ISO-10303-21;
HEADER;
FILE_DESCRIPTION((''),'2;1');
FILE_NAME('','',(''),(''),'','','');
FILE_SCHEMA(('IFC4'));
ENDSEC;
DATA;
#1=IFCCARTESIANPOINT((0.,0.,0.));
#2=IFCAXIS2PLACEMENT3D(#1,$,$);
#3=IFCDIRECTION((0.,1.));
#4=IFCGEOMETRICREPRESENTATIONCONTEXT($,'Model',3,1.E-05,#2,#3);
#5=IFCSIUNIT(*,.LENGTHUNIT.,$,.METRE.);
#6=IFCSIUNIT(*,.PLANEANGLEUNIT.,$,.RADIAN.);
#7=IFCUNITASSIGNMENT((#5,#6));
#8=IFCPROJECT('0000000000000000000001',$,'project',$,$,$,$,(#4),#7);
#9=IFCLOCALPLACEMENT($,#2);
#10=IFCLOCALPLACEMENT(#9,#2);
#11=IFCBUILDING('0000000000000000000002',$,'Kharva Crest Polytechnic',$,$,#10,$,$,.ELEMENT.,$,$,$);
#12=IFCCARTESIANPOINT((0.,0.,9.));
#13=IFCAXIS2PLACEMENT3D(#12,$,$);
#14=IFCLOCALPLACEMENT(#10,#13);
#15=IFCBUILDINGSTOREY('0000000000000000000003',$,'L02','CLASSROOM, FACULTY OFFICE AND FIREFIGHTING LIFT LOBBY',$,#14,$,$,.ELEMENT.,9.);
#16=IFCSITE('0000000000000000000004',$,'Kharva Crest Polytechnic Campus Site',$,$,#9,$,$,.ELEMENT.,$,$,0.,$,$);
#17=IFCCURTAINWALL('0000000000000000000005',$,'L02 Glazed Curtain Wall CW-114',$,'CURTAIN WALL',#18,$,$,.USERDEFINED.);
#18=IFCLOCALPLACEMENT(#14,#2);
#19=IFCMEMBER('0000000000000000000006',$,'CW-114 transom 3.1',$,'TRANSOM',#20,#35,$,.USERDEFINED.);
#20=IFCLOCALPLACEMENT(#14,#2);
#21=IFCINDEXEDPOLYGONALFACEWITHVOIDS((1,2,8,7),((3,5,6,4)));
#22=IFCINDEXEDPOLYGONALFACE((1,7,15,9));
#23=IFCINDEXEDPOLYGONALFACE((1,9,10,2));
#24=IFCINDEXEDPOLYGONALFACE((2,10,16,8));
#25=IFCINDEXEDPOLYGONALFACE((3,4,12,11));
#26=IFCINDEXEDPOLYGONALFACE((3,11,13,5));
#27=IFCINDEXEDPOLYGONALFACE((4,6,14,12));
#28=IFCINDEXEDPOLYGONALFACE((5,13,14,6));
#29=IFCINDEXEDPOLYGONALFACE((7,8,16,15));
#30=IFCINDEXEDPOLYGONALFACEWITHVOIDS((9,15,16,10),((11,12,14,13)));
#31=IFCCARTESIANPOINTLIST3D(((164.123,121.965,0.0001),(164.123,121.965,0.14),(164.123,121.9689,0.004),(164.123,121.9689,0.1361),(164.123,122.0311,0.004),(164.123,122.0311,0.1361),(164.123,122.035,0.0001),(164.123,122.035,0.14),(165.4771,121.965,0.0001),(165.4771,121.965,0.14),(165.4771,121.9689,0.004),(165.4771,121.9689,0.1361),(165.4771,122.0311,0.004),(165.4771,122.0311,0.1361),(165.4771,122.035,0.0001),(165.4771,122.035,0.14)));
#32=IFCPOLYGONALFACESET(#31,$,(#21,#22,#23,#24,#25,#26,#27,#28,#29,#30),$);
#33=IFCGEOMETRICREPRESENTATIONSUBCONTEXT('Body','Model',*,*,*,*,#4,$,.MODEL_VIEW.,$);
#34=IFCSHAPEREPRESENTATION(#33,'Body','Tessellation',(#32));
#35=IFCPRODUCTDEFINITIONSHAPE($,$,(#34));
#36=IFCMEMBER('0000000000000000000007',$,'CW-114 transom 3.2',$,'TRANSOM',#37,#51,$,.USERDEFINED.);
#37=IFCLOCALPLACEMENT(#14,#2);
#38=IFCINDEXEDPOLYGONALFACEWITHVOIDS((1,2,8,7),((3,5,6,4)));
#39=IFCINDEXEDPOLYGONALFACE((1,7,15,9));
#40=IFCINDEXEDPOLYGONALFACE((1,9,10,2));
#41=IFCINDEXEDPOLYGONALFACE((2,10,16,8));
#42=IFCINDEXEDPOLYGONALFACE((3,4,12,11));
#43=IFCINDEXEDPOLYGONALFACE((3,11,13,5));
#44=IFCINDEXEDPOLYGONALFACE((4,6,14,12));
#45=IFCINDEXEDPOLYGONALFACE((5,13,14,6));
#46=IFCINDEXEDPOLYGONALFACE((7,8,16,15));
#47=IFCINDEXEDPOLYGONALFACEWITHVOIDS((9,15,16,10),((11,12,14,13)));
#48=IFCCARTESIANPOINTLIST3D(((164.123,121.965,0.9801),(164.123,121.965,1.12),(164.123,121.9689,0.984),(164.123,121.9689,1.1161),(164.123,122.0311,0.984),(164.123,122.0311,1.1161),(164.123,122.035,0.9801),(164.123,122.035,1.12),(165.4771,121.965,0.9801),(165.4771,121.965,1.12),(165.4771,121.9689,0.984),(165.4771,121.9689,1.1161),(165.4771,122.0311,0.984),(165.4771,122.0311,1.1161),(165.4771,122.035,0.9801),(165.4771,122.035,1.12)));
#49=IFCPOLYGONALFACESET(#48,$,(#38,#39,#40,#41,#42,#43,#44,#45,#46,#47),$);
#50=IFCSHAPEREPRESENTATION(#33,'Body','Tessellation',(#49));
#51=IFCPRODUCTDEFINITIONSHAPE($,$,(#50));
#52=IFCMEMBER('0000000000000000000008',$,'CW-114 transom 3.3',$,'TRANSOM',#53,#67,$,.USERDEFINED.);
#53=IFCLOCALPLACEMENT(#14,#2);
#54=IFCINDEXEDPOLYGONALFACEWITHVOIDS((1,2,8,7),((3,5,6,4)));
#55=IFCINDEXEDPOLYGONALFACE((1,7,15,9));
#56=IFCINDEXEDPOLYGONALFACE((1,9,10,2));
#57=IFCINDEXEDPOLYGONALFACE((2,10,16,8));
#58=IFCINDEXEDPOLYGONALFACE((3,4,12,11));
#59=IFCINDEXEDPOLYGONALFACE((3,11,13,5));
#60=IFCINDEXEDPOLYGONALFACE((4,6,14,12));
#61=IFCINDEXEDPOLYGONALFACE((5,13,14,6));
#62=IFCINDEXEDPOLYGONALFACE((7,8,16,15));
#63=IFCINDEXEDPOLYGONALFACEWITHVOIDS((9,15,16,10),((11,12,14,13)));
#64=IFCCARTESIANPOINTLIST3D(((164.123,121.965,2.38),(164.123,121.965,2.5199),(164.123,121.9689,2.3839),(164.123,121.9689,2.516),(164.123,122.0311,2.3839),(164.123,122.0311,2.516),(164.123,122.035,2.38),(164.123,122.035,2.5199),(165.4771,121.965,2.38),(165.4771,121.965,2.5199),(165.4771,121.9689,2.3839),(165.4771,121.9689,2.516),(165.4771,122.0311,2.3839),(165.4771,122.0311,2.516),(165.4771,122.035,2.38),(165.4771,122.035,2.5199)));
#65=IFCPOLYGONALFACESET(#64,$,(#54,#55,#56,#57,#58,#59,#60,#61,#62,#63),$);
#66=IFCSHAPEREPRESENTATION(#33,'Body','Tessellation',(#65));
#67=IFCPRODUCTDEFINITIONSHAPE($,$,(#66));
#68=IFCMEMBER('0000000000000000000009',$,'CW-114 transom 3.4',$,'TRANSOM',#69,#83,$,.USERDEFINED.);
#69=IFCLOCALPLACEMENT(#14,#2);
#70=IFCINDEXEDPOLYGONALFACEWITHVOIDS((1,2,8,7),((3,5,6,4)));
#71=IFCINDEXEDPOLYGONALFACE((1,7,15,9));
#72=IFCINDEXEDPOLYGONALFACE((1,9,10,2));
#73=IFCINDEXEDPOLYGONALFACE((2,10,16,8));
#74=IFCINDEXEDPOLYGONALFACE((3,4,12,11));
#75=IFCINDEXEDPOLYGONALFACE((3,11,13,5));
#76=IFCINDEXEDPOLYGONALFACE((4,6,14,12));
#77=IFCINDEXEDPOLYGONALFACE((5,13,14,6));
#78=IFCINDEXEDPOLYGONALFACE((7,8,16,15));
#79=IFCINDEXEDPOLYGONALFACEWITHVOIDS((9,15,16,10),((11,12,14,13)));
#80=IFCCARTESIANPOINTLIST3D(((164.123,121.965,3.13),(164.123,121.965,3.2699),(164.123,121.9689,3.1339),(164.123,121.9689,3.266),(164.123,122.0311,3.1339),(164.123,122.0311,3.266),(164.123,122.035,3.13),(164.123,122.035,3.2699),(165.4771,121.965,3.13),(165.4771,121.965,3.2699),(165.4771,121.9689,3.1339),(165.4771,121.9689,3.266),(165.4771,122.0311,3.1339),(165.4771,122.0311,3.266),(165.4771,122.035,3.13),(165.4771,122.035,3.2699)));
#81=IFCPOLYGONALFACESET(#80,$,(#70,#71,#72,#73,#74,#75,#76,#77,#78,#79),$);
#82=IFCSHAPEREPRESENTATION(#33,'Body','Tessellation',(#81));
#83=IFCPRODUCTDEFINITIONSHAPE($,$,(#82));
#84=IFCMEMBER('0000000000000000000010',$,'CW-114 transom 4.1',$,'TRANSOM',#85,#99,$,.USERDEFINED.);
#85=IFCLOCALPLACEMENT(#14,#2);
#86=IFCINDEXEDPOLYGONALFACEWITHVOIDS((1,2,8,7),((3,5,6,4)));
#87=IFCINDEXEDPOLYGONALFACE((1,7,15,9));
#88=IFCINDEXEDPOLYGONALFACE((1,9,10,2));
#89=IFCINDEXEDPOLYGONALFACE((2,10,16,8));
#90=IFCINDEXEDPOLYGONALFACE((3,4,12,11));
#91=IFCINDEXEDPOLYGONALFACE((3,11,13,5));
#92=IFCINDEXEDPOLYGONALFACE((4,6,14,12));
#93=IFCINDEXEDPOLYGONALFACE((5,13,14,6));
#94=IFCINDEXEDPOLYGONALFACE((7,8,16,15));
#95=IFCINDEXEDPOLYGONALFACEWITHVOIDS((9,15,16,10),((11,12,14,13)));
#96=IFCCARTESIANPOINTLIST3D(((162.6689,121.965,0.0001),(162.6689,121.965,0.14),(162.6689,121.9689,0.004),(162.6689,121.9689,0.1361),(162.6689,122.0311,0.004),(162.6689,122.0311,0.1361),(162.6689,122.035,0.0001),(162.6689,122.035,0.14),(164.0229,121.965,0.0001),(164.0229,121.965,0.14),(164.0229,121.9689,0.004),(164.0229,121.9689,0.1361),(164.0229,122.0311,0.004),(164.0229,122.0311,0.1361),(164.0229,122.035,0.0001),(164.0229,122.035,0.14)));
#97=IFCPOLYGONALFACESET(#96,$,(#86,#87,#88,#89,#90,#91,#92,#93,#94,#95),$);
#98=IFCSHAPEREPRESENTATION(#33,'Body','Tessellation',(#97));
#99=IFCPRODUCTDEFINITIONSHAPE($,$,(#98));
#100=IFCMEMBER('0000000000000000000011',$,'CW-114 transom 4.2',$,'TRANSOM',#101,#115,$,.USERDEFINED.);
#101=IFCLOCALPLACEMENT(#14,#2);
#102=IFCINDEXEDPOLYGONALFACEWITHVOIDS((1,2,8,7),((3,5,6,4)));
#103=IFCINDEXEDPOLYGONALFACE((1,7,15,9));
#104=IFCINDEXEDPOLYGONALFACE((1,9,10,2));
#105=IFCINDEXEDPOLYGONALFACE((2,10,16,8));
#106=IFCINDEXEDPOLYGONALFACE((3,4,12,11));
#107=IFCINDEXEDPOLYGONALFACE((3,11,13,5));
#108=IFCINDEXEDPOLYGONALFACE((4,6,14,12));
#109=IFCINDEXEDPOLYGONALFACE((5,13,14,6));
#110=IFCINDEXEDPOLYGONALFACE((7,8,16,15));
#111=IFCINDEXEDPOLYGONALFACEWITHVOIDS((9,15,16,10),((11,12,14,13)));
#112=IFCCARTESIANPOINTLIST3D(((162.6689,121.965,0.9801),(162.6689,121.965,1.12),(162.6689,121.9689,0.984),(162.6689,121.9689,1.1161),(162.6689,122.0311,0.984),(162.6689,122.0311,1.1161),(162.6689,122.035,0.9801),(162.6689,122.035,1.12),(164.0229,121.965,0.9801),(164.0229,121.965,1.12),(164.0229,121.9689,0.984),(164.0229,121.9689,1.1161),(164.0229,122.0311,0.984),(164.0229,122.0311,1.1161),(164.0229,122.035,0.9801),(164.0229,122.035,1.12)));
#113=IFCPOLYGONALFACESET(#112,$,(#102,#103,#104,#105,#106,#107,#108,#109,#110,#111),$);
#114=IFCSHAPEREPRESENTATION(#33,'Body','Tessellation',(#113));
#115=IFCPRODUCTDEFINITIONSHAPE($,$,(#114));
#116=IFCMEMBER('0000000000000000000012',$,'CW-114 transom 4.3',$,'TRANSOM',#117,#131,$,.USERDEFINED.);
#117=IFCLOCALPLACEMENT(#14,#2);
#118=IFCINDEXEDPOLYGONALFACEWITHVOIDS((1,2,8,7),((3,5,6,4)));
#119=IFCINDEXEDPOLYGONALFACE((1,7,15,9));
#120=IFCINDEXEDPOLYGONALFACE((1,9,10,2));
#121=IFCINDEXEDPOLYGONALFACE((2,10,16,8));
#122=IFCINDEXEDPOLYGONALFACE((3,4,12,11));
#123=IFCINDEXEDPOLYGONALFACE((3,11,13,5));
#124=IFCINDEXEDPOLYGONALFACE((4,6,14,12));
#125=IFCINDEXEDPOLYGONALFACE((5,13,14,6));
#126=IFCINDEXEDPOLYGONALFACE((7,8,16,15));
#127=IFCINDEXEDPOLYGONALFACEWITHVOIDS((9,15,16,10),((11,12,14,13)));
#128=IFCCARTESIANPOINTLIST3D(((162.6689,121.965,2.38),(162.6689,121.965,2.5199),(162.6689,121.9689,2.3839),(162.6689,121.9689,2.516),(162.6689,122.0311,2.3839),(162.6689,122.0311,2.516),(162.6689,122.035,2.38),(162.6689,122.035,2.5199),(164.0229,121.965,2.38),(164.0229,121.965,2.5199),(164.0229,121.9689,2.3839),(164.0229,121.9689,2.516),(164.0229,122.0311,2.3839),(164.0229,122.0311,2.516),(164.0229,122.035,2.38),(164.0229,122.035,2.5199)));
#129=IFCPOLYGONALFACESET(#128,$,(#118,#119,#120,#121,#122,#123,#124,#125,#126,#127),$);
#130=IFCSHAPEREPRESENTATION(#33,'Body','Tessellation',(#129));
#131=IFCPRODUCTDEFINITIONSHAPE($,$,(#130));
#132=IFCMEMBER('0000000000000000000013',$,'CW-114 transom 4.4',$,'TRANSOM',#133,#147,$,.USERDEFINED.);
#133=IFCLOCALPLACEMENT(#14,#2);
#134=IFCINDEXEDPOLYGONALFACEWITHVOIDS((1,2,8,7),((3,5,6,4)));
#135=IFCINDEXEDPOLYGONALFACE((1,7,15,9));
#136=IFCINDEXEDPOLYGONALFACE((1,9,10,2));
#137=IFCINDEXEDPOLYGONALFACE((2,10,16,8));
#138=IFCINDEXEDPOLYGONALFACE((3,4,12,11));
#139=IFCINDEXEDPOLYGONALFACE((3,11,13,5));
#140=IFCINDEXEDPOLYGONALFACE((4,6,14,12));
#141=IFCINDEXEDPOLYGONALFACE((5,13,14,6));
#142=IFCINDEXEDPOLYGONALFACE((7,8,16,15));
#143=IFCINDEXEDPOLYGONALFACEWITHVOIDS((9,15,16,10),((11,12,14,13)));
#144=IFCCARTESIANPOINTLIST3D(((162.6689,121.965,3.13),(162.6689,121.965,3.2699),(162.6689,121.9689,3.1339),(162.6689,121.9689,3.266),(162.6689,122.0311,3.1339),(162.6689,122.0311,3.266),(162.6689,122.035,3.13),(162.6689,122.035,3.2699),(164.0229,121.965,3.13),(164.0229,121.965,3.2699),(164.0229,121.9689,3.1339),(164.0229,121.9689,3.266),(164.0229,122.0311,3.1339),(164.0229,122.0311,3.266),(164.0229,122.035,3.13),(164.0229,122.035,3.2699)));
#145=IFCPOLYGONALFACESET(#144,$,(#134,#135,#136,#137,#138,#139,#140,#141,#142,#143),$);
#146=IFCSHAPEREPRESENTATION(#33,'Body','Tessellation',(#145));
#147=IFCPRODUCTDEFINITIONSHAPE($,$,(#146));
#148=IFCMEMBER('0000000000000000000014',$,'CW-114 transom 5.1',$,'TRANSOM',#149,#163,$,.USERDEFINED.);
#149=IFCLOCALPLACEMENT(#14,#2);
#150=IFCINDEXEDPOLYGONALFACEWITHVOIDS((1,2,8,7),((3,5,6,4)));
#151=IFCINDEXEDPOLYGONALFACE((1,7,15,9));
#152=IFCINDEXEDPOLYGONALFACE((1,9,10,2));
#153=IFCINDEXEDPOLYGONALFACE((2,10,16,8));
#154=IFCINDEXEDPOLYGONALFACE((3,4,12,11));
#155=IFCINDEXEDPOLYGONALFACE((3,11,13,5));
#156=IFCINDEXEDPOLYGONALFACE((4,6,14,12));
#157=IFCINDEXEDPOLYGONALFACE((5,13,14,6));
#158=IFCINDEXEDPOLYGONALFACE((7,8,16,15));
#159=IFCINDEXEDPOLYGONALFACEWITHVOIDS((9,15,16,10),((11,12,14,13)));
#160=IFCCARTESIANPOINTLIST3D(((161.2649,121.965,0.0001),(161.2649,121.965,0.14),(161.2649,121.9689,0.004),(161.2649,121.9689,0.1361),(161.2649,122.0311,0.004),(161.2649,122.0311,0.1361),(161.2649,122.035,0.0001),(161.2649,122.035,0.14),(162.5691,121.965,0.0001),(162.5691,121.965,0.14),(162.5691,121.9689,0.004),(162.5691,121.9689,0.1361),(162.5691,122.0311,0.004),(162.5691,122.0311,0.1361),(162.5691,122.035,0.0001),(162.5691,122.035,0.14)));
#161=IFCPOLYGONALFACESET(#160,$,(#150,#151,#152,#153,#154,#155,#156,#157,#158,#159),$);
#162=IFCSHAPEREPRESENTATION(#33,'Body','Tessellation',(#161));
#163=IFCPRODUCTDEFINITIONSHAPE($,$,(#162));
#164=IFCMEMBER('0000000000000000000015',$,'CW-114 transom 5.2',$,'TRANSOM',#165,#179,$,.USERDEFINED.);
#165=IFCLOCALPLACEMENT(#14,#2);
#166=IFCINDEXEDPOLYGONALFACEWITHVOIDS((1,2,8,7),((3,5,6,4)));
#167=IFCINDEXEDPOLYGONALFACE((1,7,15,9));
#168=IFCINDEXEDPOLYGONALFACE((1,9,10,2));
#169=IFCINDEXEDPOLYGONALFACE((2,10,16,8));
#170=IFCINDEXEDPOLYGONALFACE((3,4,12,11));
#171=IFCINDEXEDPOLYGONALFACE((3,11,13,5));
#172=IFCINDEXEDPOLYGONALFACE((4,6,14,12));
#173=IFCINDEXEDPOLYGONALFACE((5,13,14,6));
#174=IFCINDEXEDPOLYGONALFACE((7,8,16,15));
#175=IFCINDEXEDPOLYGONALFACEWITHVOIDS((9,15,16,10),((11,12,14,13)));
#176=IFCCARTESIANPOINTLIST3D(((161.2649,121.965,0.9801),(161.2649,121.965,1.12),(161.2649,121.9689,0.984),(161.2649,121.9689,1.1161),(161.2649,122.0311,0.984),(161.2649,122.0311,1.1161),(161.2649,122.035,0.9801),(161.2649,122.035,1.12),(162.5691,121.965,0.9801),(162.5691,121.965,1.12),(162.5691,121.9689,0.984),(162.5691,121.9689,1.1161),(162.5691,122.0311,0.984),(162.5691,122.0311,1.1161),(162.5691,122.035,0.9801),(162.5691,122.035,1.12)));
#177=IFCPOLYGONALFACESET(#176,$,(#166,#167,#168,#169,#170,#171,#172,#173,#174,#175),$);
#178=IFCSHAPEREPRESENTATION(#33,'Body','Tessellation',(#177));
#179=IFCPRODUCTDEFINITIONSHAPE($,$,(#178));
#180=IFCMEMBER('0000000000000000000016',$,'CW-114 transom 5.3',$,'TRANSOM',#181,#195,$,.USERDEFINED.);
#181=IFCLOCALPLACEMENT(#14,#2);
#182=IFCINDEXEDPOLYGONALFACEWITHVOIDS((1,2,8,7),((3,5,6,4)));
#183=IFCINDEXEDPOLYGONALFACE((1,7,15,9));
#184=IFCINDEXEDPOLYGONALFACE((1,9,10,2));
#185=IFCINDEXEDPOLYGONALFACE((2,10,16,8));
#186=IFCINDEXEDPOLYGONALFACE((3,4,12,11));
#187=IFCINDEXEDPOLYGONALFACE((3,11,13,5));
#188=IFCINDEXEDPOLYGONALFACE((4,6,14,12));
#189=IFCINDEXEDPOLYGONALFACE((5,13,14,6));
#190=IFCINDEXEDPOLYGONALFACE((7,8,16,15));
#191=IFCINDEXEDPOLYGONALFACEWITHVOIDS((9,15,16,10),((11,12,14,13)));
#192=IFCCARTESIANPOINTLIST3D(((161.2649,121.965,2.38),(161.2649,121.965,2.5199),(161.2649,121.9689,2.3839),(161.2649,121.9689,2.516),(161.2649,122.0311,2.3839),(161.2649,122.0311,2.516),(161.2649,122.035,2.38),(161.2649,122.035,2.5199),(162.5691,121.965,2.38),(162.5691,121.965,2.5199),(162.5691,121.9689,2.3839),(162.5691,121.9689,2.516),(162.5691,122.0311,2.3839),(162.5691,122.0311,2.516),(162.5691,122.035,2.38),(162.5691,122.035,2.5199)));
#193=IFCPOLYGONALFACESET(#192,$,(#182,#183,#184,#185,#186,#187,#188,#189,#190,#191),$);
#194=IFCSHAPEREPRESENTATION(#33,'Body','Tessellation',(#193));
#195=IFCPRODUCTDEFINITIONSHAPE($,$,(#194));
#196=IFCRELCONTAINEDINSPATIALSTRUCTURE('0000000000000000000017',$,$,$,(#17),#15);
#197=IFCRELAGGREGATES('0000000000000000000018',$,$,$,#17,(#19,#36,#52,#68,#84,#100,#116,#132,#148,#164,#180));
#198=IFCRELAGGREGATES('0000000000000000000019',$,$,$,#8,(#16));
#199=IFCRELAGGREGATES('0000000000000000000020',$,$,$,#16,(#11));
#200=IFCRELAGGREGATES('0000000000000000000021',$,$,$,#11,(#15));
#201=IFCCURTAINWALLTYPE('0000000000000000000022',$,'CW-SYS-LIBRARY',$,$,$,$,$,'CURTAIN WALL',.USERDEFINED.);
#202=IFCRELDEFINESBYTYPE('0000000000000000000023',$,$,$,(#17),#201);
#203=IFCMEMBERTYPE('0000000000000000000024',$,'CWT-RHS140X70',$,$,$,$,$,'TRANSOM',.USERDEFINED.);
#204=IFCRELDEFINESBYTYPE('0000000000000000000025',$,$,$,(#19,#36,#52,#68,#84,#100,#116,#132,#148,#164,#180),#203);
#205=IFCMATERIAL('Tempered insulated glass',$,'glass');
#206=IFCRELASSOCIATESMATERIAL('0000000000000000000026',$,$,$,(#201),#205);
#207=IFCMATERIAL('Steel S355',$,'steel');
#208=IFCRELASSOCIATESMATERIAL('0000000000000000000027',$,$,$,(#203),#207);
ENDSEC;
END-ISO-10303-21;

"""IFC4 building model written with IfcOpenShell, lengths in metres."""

from ifc_helpers import new_model, si_unit, direction, frame, origin, origin_2d, place, context, subcontext, project, spatial, hollow_rectangle, extrude, material, material_profile, profile_set, type_object, element, aggregate, save


model = new_model("IFC4")

# Units and contexts
model_context = context("Model", 3, precision=1e-05, world=origin(), true_north=direction((0.0, 1.0)))
body_context = subcontext(model_context, "Body", "Model", "MODEL_VIEW")
ifc_project = project(units=[si_unit("LENGTHUNIT", "METRE"), si_unit("PLANEANGLEUNIT", "RADIAN")], contexts=[model_context])

# Site, building, storey
site_placement = place(None, origin())
site = spatial("IfcSite", under=ifc_project, at=site_placement, Name="Kharva Crest Polytechnic Campus Site", CompositionType="ELEMENT", RefElevation=0.0)
building_placement = place(site_placement, origin())
building = spatial("IfcBuilding", under=site, at=building_placement, Name="Kharva Crest Polytechnic", CompositionType="ELEMENT")
storey_placement = place(building_placement, frame((0.0, 0.0, 9.0)))
storey = spatial("IfcBuildingStorey", under=building, at=storey_placement, Name="L02", Description="CLASSROOM, FACULTY OFFICE AND FIREFIGHTING LIFT LOBBY", CompositionType="ELEMENT", Elevation=9.0)

# Curtain wall, members
ifc_material_1 = material(Name="Tempered insulated glass", Category="glass")
curtain_wall_type = type_object("IfcCurtainWallType", Name="CW-SYS-LIBRARY", ElementType="CURTAIN WALL", PredefinedType="USERDEFINED", material=ifc_material_1)
curtain_wall_placement = place(storey_placement, origin())
curtain_wall = element("IfcCurtainWall", 1, at=curtain_wall_placement, inside=storey, type_object=curtain_wall_type, Name="L02 Glazed Curtain Wall CW-114", ObjectType="CURTAIN WALL", PredefinedType="USERDEFINED")
ifc_material_2 = material(Name="Steel S355", Category="steel")
ifc_material_profile_1 = material_profile(ifc_material_2, hollow_rectangle(XDim=0.0701, YDim=0.1399, WallThickness=0.0039, at=origin_2d()), Name="RHS 140X70X4.0")
ifc_profile_set_1 = profile_set([ifc_material_profile_1], Name="Steel S355")
member_type_1 = type_object("IfcMemberType", Name="CWT-RHS140X70", ElementType="TRANSOM", PredefinedType="USERDEFINED", material=ifc_profile_set_1)
member_1_placement = place(storey_placement, frame((165.4771, 122.0, 0.0701), z_axis=(-1.0, 0.0, 0.0), x_axis=(0.0, -1.0, 0.0)))
member_1 = element("IfcMember", 2, at=member_1_placement, type_object=member_type_1, Name="CW-114 transom 3.1", ObjectType="TRANSOM", PredefinedType="USERDEFINED", context=body_context, shape_type="SweptSolid", body=[
    extrude(hollow_rectangle(XDim=0.0701, YDim=0.1399, WallThickness=0.0039, at=origin_2d()), origin(), (0.0, 0.0, 1.0), 1.354),
])
member_2_placement = place(storey_placement, frame((165.4771, 122.0, 1.05), z_axis=(-1.0, 0.0, 0.0), x_axis=(0.0, -1.0, 0.0)))
member_2 = element("IfcMember", 3, at=member_2_placement, type_object=member_type_1, Name="CW-114 transom 3.2", ObjectType="TRANSOM", PredefinedType="USERDEFINED", context=body_context, shape_type="SweptSolid", body=[
    extrude(hollow_rectangle(XDim=0.0701, YDim=0.1399, WallThickness=0.0039, at=origin_2d()), origin(), (0.0, 0.0, 1.0), 1.354),
])
member_3_placement = place(storey_placement, frame((165.4771, 122.0, 2.45), z_axis=(-1.0, 0.0, 0.0), x_axis=(0.0, -1.0, 0.0)))
member_3 = element("IfcMember", 4, at=member_3_placement, type_object=member_type_1, Name="CW-114 transom 3.3", ObjectType="TRANSOM", PredefinedType="USERDEFINED", context=body_context, shape_type="SweptSolid", body=[
    extrude(hollow_rectangle(XDim=0.0701, YDim=0.1399, WallThickness=0.0039, at=origin_2d()), origin(), (0.0, 0.0, 1.0), 1.354),
])
member_4_placement = place(storey_placement, frame((165.4771, 122.0, 3.2), z_axis=(-1.0, 0.0, 0.0), x_axis=(0.0, -1.0, 0.0)))
member_4 = element("IfcMember", 5, at=member_4_placement, type_object=member_type_1, Name="CW-114 transom 3.4", ObjectType="TRANSOM", PredefinedType="USERDEFINED", context=body_context, shape_type="SweptSolid", body=[
    extrude(hollow_rectangle(XDim=0.0701, YDim=0.1399, WallThickness=0.0039, at=origin_2d()), origin(), (0.0, 0.0, 1.0), 1.354),
])
member_5_placement = place(storey_placement, frame((164.0229, 122.0, 0.0701), z_axis=(-1.0, 0.0, 0.0), x_axis=(0.0, -1.0, 0.0)))
member_5 = element("IfcMember", 6, at=member_5_placement, type_object=member_type_1, Name="CW-114 transom 4.1", ObjectType="TRANSOM", PredefinedType="USERDEFINED", context=body_context, shape_type="SweptSolid", body=[
    extrude(hollow_rectangle(XDim=0.0701, YDim=0.1399, WallThickness=0.0039, at=origin_2d()), origin(), (0.0, 0.0, 1.0), 1.354),
])
member_6_placement = place(storey_placement, frame((164.0229, 122.0, 1.05), z_axis=(-1.0, 0.0, 0.0), x_axis=(0.0, -1.0, 0.0)))
member_6 = element("IfcMember", 7, at=member_6_placement, type_object=member_type_1, Name="CW-114 transom 4.2", ObjectType="TRANSOM", PredefinedType="USERDEFINED", context=body_context, shape_type="SweptSolid", body=[
    extrude(hollow_rectangle(XDim=0.0701, YDim=0.1399, WallThickness=0.0039, at=origin_2d()), origin(), (0.0, 0.0, 1.0), 1.354),
])
member_7_placement = place(storey_placement, frame((164.0229, 122.0, 2.45), z_axis=(-1.0, 0.0, 0.0), x_axis=(0.0, -1.0, 0.0)))
member_7 = element("IfcMember", 8, at=member_7_placement, type_object=member_type_1, Name="CW-114 transom 4.3", ObjectType="TRANSOM", PredefinedType="USERDEFINED", context=body_context, shape_type="SweptSolid", body=[
    extrude(hollow_rectangle(XDim=0.0701, YDim=0.1399, WallThickness=0.0039, at=origin_2d()), origin(), (0.0, 0.0, 1.0), 1.354),
])
member_8_placement = place(storey_placement, frame((164.0229, 122.0, 3.2), z_axis=(-1.0, 0.0, 0.0), x_axis=(0.0, -1.0, 0.0)))
member_8 = element("IfcMember", 9, at=member_8_placement, type_object=member_type_1, Name="CW-114 transom 4.4", ObjectType="TRANSOM", PredefinedType="USERDEFINED", context=body_context, shape_type="SweptSolid", body=[
    extrude(hollow_rectangle(XDim=0.0701, YDim=0.1399, WallThickness=0.0039, at=origin_2d()), origin(), (0.0, 0.0, 1.0), 1.354),
])
member_9_placement = place(storey_placement, frame((162.5691, 122.0, 0.0701), z_axis=(-1.0, 0.0, 0.0), x_axis=(0.0, -1.0, 0.0)))
member_9 = element("IfcMember", 10, at=member_9_placement, type_object=member_type_1, Name="CW-114 transom 5.1", ObjectType="TRANSOM", PredefinedType="USERDEFINED", context=body_context, shape_type="SweptSolid", body=[
    extrude(hollow_rectangle(XDim=0.0701, YDim=0.1399, WallThickness=0.0039, at=origin_2d()), origin(), (0.0, 0.0, 1.0), 1.3042),
])
member_10_placement = place(storey_placement, frame((162.5691, 122.0, 1.05), z_axis=(-1.0, 0.0, 0.0), x_axis=(0.0, -1.0, 0.0)))
member_10 = element("IfcMember", 11, at=member_10_placement, type_object=member_type_1, Name="CW-114 transom 5.2", ObjectType="TRANSOM", PredefinedType="USERDEFINED", context=body_context, shape_type="SweptSolid", body=[
    extrude(hollow_rectangle(XDim=0.0701, YDim=0.1399, WallThickness=0.0039, at=origin_2d()), origin(), (0.0, 0.0, 1.0), 1.3042),
])
member_11_placement = place(storey_placement, frame((162.5691, 122.0, 2.45), z_axis=(-1.0, 0.0, 0.0), x_axis=(0.0, -1.0, 0.0)))
member_11 = element("IfcMember", 12, at=member_11_placement, type_object=member_type_1, Name="CW-114 transom 5.3", ObjectType="TRANSOM", PredefinedType="USERDEFINED", context=body_context, shape_type="SweptSolid", body=[
    extrude(hollow_rectangle(XDim=0.0701, YDim=0.1399, WallThickness=0.0039, at=origin_2d()), origin(), (0.0, 0.0, 1.0), 1.3042),
])

aggregate(curtain_wall, [member_1, member_2, member_3, member_4, member_5, member_6, member_7, member_8, member_9, member_10, member_11])

save(model, "model.ifc")
